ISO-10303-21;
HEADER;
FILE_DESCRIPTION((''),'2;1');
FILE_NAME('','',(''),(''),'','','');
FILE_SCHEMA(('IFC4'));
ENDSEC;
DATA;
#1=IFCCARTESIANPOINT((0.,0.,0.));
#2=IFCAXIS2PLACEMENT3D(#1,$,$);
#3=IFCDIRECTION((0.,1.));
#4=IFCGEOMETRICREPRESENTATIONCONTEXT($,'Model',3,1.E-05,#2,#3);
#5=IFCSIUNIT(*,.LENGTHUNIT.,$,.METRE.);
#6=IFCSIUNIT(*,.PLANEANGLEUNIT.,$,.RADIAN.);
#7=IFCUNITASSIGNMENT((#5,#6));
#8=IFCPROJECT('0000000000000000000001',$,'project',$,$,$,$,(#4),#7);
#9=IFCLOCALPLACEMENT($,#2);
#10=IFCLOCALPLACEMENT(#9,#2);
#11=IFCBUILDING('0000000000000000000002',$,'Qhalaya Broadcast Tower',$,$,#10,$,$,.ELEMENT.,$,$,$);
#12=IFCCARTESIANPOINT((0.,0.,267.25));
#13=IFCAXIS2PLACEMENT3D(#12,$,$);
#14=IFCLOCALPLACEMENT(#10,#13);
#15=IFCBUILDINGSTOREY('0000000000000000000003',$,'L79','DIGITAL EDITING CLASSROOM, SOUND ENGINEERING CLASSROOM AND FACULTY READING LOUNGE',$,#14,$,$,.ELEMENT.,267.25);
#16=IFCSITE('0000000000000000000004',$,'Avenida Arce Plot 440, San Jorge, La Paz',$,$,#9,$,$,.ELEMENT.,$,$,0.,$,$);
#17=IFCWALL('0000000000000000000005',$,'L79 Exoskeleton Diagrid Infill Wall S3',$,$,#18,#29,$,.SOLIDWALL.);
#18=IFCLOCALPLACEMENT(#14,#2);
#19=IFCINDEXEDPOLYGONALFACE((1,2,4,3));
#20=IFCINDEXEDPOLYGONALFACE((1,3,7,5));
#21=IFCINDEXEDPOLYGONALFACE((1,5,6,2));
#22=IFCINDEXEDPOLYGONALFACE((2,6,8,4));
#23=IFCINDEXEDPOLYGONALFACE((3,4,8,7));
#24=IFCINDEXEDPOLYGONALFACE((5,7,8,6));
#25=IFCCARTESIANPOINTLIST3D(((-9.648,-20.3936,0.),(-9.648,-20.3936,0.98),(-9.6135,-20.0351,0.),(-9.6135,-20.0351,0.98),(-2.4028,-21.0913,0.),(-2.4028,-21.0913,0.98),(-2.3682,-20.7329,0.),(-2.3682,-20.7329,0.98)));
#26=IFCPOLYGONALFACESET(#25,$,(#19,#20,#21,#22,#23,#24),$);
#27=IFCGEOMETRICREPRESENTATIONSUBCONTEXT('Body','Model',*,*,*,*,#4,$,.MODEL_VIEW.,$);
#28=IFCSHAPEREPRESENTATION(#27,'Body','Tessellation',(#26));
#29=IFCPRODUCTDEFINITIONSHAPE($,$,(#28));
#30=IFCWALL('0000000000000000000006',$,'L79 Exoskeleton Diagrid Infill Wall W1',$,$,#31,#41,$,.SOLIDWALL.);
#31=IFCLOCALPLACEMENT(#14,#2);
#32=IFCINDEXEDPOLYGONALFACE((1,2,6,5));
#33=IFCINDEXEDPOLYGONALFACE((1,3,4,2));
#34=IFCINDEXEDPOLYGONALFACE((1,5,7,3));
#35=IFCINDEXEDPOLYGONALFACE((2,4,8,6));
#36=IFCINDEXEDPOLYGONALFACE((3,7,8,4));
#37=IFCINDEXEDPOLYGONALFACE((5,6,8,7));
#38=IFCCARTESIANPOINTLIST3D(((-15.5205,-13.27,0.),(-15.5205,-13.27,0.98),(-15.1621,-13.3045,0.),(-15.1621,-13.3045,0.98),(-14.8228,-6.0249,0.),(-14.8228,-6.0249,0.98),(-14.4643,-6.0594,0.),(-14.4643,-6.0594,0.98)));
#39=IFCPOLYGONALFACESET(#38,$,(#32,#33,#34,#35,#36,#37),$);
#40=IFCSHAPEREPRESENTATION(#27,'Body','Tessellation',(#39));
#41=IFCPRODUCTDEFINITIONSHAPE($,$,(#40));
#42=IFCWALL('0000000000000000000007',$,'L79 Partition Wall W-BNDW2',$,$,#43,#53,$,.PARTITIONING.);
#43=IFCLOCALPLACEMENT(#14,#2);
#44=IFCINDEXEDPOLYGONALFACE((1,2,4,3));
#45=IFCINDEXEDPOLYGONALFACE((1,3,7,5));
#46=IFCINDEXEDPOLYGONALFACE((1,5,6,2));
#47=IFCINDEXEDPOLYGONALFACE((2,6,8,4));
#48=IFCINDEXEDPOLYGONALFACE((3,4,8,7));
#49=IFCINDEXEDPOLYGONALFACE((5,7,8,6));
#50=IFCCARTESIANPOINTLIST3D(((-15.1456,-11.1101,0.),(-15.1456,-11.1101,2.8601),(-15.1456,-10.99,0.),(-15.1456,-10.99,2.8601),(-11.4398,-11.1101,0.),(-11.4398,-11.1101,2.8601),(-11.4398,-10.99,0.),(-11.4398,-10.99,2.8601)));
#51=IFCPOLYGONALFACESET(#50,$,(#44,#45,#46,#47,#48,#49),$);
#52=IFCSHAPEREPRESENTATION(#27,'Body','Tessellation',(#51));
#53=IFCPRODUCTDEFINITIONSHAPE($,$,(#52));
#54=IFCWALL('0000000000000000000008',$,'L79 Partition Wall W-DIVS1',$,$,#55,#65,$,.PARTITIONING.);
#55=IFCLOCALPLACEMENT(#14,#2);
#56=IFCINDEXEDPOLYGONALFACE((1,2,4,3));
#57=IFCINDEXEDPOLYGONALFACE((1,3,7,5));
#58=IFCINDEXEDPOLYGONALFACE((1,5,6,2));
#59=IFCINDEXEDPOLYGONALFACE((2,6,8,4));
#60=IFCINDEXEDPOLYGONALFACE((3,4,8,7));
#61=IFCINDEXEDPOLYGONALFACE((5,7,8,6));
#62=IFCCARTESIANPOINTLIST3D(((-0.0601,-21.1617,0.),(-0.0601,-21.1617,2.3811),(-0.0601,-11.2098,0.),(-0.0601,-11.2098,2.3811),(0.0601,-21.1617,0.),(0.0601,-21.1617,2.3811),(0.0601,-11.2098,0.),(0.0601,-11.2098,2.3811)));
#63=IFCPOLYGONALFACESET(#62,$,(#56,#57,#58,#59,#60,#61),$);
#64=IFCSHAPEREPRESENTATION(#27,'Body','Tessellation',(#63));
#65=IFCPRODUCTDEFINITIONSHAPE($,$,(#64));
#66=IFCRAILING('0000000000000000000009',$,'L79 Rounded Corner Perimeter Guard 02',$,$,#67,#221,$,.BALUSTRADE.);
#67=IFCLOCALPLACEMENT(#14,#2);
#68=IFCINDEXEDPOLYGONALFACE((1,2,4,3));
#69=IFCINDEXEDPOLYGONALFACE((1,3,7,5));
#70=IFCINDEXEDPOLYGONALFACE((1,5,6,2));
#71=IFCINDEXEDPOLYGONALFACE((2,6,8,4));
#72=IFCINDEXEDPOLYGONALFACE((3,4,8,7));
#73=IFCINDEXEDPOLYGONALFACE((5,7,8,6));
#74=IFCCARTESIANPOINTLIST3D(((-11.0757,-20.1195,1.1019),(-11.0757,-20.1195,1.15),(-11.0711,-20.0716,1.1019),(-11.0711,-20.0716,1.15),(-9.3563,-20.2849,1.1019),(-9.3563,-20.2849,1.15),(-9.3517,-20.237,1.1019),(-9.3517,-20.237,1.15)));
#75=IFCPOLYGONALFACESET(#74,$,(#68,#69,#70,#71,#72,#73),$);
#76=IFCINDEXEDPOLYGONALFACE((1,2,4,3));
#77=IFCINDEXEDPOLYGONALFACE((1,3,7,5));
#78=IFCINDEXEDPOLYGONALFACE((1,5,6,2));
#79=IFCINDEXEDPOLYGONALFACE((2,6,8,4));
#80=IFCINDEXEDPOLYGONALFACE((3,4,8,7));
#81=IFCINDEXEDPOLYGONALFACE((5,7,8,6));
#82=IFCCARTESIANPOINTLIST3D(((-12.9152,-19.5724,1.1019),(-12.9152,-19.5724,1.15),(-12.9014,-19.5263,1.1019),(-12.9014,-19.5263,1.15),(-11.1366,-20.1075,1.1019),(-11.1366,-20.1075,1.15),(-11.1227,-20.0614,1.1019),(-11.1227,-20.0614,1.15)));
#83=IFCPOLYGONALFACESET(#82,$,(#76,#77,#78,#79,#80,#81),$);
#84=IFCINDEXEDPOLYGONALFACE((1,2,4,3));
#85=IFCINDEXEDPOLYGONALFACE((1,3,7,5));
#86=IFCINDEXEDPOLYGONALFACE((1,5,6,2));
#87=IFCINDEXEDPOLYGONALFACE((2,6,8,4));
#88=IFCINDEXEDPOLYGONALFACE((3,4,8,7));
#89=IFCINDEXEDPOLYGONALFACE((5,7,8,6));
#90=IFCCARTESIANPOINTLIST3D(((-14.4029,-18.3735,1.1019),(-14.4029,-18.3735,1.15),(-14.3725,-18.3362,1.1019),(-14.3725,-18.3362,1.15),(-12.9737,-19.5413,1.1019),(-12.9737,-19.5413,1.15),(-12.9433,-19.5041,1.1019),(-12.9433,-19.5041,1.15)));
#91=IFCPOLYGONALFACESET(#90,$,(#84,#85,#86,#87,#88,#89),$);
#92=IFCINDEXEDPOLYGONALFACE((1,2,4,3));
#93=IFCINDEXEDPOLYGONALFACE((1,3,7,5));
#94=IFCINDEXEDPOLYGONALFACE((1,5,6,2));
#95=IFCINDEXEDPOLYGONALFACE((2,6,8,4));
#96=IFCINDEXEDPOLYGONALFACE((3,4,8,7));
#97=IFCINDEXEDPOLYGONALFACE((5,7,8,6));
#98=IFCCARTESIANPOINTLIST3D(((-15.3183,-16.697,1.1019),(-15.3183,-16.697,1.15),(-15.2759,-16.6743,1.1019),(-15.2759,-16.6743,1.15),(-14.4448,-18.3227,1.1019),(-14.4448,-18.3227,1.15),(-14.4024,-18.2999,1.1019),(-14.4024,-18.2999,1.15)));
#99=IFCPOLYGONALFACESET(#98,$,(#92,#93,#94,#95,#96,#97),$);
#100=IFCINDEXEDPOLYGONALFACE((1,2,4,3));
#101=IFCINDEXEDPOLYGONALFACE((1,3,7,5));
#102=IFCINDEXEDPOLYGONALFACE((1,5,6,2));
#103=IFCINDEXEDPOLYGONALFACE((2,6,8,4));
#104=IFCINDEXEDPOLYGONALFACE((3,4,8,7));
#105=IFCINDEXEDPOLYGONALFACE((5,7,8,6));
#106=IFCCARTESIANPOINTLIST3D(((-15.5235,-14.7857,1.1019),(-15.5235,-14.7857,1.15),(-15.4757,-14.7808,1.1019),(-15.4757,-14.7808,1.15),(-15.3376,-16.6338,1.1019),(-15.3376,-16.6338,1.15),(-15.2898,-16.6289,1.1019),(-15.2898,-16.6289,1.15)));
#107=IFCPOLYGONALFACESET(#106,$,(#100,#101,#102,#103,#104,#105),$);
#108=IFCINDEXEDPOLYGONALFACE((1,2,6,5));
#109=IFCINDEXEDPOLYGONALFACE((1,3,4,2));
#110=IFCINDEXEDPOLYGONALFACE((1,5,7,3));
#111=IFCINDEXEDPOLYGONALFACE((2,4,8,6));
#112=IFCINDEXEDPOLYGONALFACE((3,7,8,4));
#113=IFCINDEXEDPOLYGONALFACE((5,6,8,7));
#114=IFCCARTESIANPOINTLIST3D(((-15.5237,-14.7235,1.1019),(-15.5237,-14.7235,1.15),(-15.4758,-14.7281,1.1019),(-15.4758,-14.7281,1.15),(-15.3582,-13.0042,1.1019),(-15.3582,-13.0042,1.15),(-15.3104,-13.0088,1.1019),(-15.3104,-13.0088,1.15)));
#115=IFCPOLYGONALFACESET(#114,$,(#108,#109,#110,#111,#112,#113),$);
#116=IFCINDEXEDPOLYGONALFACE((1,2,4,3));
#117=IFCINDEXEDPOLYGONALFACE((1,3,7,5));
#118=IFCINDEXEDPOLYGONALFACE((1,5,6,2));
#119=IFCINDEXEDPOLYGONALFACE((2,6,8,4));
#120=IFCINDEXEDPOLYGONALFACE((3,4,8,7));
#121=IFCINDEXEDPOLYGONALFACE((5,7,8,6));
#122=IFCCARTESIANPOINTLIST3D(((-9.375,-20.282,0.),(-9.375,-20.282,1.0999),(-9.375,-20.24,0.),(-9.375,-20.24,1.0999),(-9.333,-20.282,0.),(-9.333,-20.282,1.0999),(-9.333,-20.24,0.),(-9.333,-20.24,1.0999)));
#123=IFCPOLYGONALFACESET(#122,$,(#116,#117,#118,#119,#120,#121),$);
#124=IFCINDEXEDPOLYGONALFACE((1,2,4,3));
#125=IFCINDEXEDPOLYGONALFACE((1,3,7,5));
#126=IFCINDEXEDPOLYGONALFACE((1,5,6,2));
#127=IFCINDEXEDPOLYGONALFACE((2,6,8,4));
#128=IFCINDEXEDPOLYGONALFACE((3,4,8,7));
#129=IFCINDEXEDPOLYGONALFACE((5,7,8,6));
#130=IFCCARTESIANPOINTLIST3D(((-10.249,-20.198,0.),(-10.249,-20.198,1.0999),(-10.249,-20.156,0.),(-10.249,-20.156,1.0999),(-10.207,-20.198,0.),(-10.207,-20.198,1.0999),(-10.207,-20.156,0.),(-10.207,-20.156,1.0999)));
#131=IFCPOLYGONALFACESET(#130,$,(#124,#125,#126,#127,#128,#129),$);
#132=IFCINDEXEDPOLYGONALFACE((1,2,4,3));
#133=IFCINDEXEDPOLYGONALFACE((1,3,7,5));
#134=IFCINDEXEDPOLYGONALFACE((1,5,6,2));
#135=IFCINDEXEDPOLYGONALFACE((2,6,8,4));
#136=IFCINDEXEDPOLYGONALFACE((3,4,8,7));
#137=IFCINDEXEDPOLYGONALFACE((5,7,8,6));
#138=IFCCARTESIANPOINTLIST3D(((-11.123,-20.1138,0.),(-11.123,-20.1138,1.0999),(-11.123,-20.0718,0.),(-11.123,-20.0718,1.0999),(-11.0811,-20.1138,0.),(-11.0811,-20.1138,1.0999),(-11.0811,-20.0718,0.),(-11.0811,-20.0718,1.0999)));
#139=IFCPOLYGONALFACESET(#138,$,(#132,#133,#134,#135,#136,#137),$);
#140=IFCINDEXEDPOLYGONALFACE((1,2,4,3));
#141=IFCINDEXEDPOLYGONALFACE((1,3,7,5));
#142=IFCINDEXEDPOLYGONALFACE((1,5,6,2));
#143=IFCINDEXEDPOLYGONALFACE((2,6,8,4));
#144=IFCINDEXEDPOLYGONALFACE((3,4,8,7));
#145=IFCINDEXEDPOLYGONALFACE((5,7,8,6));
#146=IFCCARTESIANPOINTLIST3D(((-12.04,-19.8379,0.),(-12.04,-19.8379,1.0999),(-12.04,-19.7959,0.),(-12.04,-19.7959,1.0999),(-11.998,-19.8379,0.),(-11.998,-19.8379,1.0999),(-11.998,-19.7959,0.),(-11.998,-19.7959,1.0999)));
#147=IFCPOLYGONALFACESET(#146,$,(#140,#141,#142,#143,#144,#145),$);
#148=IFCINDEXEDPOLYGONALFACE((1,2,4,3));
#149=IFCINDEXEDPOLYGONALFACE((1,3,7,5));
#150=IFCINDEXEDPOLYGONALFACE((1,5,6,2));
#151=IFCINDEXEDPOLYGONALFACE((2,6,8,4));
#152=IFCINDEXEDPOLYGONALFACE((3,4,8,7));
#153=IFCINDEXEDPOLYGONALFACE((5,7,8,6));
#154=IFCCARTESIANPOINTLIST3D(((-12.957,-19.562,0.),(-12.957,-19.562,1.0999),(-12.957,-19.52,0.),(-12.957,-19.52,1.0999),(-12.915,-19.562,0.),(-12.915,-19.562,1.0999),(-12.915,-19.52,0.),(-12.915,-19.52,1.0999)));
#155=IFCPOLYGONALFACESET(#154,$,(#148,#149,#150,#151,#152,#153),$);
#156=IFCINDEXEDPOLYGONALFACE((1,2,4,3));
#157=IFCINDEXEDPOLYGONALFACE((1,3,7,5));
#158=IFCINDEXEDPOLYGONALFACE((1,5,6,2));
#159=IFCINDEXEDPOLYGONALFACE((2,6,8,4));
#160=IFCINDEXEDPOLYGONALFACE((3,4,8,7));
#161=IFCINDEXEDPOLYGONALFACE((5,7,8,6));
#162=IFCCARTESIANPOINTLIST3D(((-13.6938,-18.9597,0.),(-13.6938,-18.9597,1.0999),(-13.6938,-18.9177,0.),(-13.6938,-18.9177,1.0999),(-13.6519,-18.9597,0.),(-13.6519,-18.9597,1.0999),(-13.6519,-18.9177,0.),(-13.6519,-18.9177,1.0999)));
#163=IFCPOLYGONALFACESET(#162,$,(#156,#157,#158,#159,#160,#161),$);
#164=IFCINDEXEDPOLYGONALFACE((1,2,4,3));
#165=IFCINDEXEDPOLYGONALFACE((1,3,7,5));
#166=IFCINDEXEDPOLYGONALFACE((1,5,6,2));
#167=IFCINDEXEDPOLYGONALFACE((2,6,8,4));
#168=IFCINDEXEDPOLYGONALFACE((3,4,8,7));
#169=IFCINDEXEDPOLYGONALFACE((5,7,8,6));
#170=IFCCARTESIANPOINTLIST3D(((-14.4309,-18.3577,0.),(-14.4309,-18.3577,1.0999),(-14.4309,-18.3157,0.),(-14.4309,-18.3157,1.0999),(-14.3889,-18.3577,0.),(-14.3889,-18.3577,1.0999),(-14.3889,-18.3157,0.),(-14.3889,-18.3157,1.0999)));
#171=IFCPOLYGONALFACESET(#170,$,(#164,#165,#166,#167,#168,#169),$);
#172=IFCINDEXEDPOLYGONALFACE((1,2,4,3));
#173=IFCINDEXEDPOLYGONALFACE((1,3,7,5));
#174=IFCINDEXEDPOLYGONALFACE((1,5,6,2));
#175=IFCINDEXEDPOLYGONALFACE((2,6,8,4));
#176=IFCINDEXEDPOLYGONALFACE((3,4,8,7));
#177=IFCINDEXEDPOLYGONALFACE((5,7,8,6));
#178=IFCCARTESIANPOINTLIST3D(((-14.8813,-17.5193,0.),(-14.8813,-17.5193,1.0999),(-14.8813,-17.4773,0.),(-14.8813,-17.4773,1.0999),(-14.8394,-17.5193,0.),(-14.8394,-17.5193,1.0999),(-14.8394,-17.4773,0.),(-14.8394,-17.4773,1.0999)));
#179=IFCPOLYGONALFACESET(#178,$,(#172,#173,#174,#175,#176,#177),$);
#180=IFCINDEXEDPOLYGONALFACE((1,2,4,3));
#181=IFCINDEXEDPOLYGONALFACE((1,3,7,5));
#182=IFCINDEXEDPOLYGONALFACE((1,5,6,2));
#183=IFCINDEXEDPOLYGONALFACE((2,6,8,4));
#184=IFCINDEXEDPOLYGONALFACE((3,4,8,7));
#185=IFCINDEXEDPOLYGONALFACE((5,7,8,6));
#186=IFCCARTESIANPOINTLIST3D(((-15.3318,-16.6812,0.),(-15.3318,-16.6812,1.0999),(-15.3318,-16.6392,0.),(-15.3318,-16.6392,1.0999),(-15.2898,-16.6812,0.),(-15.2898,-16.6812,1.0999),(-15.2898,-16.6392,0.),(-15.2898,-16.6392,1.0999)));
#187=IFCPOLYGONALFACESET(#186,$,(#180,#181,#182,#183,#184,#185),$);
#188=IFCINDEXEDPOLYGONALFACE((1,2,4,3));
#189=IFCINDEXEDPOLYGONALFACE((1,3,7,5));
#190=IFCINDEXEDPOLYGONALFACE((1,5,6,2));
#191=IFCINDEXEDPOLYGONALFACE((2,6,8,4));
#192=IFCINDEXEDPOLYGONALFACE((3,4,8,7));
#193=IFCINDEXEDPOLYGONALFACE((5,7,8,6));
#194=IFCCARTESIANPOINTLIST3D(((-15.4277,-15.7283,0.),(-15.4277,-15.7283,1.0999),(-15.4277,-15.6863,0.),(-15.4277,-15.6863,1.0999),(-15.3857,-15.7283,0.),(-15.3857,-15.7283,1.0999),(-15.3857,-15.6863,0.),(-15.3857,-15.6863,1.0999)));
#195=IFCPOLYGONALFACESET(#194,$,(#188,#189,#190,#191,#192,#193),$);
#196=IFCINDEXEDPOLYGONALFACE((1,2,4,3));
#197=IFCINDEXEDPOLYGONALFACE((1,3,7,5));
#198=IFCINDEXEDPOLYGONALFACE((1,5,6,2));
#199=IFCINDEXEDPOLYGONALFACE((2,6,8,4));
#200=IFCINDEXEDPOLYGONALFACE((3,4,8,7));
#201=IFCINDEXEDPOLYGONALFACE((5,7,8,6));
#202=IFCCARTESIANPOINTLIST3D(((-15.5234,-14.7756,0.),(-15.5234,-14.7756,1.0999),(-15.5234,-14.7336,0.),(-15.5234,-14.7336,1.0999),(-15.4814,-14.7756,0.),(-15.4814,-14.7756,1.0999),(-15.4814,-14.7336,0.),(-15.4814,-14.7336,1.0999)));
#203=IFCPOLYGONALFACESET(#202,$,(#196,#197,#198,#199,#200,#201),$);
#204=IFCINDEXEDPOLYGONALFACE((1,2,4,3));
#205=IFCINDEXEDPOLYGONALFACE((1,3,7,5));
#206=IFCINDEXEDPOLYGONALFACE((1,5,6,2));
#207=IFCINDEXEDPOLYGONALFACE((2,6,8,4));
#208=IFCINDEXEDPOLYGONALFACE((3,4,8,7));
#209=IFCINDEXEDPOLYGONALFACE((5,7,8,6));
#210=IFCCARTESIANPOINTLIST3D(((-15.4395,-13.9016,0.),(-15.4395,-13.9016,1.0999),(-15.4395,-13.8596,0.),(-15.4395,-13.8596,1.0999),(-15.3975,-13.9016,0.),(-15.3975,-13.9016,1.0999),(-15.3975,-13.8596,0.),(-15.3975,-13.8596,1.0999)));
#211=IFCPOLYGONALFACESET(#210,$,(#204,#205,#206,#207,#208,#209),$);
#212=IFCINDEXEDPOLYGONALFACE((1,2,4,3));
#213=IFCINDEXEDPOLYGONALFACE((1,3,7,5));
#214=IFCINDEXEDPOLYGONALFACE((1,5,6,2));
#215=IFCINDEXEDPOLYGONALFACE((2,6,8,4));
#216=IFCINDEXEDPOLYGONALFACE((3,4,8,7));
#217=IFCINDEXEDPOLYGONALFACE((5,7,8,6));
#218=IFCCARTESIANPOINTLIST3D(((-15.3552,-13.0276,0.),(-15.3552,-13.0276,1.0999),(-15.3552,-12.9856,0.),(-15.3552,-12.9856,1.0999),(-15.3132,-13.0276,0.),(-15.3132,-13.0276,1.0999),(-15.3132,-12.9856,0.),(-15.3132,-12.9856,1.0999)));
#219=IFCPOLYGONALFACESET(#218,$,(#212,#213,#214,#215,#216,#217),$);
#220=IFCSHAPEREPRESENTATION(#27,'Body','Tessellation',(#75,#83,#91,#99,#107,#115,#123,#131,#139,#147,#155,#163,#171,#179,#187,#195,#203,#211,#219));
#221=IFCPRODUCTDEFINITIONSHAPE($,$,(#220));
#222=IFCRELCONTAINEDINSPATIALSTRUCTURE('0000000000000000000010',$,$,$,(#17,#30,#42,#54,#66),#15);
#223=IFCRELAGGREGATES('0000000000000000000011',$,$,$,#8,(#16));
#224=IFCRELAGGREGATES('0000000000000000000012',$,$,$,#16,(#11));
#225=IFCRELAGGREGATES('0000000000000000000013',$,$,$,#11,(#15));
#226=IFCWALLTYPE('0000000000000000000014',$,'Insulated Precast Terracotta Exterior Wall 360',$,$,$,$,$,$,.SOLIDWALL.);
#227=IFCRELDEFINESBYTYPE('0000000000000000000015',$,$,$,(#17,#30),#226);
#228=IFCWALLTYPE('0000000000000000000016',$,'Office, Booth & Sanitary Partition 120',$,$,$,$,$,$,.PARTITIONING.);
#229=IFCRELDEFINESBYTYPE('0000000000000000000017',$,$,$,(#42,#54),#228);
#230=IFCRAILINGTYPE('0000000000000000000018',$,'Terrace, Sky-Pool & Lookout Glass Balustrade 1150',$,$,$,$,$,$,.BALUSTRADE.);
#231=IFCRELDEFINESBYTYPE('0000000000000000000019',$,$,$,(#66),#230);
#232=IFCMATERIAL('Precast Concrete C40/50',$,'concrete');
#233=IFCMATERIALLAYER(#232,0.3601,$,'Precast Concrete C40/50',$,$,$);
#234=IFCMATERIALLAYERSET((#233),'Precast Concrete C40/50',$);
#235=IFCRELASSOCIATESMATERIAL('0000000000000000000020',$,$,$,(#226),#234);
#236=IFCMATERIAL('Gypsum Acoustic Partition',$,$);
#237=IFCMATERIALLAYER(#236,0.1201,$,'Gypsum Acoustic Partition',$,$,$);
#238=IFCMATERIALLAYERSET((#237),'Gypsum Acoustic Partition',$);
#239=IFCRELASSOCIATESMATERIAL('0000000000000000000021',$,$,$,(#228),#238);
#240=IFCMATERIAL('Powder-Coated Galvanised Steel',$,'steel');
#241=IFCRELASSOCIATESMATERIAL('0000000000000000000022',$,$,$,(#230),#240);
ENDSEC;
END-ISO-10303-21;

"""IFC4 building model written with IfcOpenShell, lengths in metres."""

from ifc_helpers import new_model, si_unit, direction, frame, frame_2d, origin, origin_2d, place, context, subcontext, project, spatial, rectangle, extrude, material, layer, layer_set, type_object, element, save


model = new_model("IFC4")

# Units and contexts
model_context = context("Model", 3, precision=1e-05, world=origin(), true_north=direction((0.0, 1.0)))
body_context = subcontext(model_context, "Body", "Model", "MODEL_VIEW")
ifc_project = project(units=[si_unit("LENGTHUNIT", "METRE"), si_unit("PLANEANGLEUNIT", "RADIAN")], contexts=[model_context])

# Site, building, storey
site_placement = place(None, origin())
site = spatial("IfcSite", under=ifc_project, at=site_placement, Name="Avenida Arce Plot 440, San Jorge, La Paz", CompositionType="ELEMENT", RefElevation=0.0)
building_placement = place(site_placement, origin())
building = spatial("IfcBuilding", under=site, at=building_placement, Name="Qhalaya Broadcast Tower", CompositionType="ELEMENT")
storey_placement = place(building_placement, frame((0.0, 0.0, 267.25)))
storey = spatial("IfcBuildingStorey", under=building, at=storey_placement, Name="L79", Description="DIGITAL EDITING CLASSROOM, SOUND ENGINEERING CLASSROOM AND FACULTY READING LOUNGE", CompositionType="ELEMENT", Elevation=267.25)

# Shared definitions
ifc_material_1 = material(Name="Gypsum Acoustic Partition")

# Walls
ifc_material_2 = material(Name="Precast Concrete C40/50", Category="concrete")
ifc_layer_1 = layer(ifc_material_2, 0.3601, Name="Precast Concrete C40/50")
ifc_layer_set_1 = layer_set([ifc_layer_1], Name="Precast Concrete C40/50")
wall_type_1 = type_object("IfcWallType", Name="Insulated Precast Terracotta Exterior Wall 360", PredefinedType="SOLIDWALL", material=ifc_layer_set_1)
wall_1_placement = place(storey_placement, frame((-2.3855, -20.9121, 0.0), z_axis=(0.0, 0.0, 1.0), x_axis=(-0.995395, 0.09586, 0.0)))
element("IfcWall", 1, at=wall_1_placement, inside=storey, type_object=wall_type_1, Name="L79 Exoskeleton Diagrid Infill Wall S3", PredefinedType="SOLIDWALL", context=body_context, shape_type="SweptSolid", body=[
    extrude(rectangle(XDim=7.2788, YDim=0.3601, at=frame_2d((3.6394, 0.0))), origin(), (0.0, 0.0, 1.0), 0.98),
])
wall_2_placement = place(storey_placement, frame((-15.3413, -13.2871, 0.0), z_axis=(0.0, 0.0, 1.0), x_axis=(0.095863, 0.995395, 0.0)))
element("IfcWall", 2, at=wall_2_placement, inside=storey, type_object=wall_type_1, Name="L79 Exoskeleton Diagrid Infill Wall W1", PredefinedType="SOLIDWALL", context=body_context, shape_type="SweptSolid", body=[
    extrude(rectangle(XDim=7.2786, YDim=0.3601, at=frame_2d((3.6392, 0.0))), origin(), (0.0, 0.0, 1.0), 0.98),
])
ifc_layer_2 = layer(ifc_material_1, 0.1201, Name="Gypsum Acoustic Partition")
ifc_layer_set_2 = layer_set([ifc_layer_2], Name="Gypsum Acoustic Partition")
wall_type_2 = type_object("IfcWallType", Name="Office, Booth & Sanitary Partition 120", PredefinedType="PARTITIONING", material=ifc_layer_set_2)
wall_3_placement = place(storey_placement, frame((-15.1458, -11.05, 0.0), z_axis=(0.0, 0.0, 1.0), x_axis=(1.0, 0.0, 0.0)))
element("IfcWall", 3, at=wall_3_placement, inside=storey, type_object=wall_type_2, Name="L79 Partition Wall W-BNDW2", PredefinedType="PARTITIONING", context=body_context, shape_type="SweptSolid", body=[
    extrude(rectangle(XDim=3.7058, YDim=0.1201, at=frame_2d((1.853, 0.0))), origin(), (0.0, 0.0, 1.0), 2.8601),
])
wall_4_placement = place(storey_placement, frame((0.0, -21.1619, 0.0), z_axis=(0.0, 0.0, 1.0), x_axis=(0.0, 1.0, 0.0)))
element("IfcWall", 4, at=wall_4_placement, inside=storey, type_object=wall_type_2, Name="L79 Partition Wall W-DIVS1", PredefinedType="PARTITIONING", context=body_context, shape_type="SweptSolid", body=[
    extrude(rectangle(XDim=9.9519, YDim=0.1201, at=frame_2d((4.9761, 0.0))), origin(), (0.0, 0.0, 1.0), 2.3811),
])

# Railing
ifc_material_3 = material(Name="Powder-Coated Galvanised Steel", Category="steel")
railing_type = type_object("IfcRailingType", Name="Terrace, Sky-Pool & Lookout Glass Balustrade 1150", PredefinedType="BALUSTRADE", material=ifc_material_3)
railing_placement = place(storey_placement, frame((-9.354, -20.261, 0.0)))
element("IfcRailing", 5, at=railing_placement, inside=storey, type_object=railing_type, Name="L79 Rounded Corner Perimeter Guard 02", PredefinedType="BALUSTRADE", context=body_context, shape_type="SweptSolid", body=[
    extrude(rectangle(XDim=0.0481, YDim=0.0481, at=origin_2d()), frame((0.0, 0.0, 1.126), z_axis=(-0.995402, 0.095787, 0.0), x_axis=(-0.095787, -0.995402, 0.0)), (0.0, 0.0, 1.0), 1.7273),
    extrude(rectangle(XDim=0.0481, YDim=0.0481, at=origin_2d()), frame((-1.7756, 0.1765, 1.126), z_axis=(-0.957601, 0.288096, 0.0), x_axis=(-0.288096, -0.957601, 0.0)), (0.0, 0.0, 1.0), 1.8574),
    extrude(rectangle(XDim=0.0481, YDim=0.0481, at=origin_2d()), frame((-3.6045, 0.7383, 1.126), z_axis=(-0.774357, 0.632749, 0.0), x_axis=(-0.632749, -0.774357, 0.0)), (0.0, 0.0, 1.0), 1.8457),
    extrude(rectangle(XDim=0.0481, YDim=0.0481, at=origin_2d()), frame((-5.0696, 1.9497, 1.126), z_axis=(-0.473342, 0.880879, 0.0), x_axis=(-0.880879, -0.473342, 0.0)), (0.0, 0.0, 1.0), 1.8455),
    extrude(rectangle(XDim=0.0481, YDim=0.0481, at=origin_2d()), frame((-5.9597, 3.6296, 1.126), z_axis=(-0.100072, 0.99498, 0.0), x_axis=(-0.99498, -0.100072, 0.0)), (0.0, 0.0, 1.0), 1.8574),
    extrude(rectangle(XDim=0.0481, YDim=0.0481, at=origin_2d()), frame((-6.1458, 5.5352, 1.126), z_axis=(0.095787, 0.995402, 0.0), x_axis=(-0.995402, 0.095787, 0.0)), (0.0, 0.0, 1.0), 1.7273),
    extrude(rectangle(XDim=0.042, YDim=0.042, at=origin_2d()), origin(), (0.0, 0.0, 1.0), 1.0999),
    extrude(rectangle(XDim=0.042, YDim=0.042, at=origin_2d()), frame((-0.874, 0.084, 0.0)), (0.0, 0.0, 1.0), 1.0999),
    extrude(rectangle(XDim=0.042, YDim=0.042, at=origin_2d()), frame((-1.748, 0.1682, 0.0)), (0.0, 0.0, 1.0), 1.0999),
    extrude(rectangle(XDim=0.042, YDim=0.042, at=origin_2d()), frame((-2.665, 0.4441, 0.0)), (0.0, 0.0, 1.0), 1.0999),
    extrude(rectangle(XDim=0.042, YDim=0.042, at=origin_2d()), frame((-3.582, 0.72, 0.0)), (0.0, 0.0, 1.0), 1.0999),
    extrude(rectangle(XDim=0.042, YDim=0.042, at=origin_2d()), frame((-4.3188, 1.3223, 0.0)), (0.0, 0.0, 1.0), 1.0999),
    extrude(rectangle(XDim=0.042, YDim=0.042, at=origin_2d()), frame((-5.0559, 1.9243, 0.0)), (0.0, 0.0, 1.0), 1.0999),
    extrude(rectangle(XDim=0.042, YDim=0.042, at=origin_2d()), frame((-5.5063, 2.7627, 0.0)), (0.0, 0.0, 1.0), 1.0999),
    extrude(rectangle(XDim=0.042, YDim=0.042, at=origin_2d()), frame((-5.9568, 3.6008, 0.0)), (0.0, 0.0, 1.0), 1.0999),
    extrude(rectangle(XDim=0.042, YDim=0.042, at=origin_2d()), frame((-6.0527, 4.5537, 0.0)), (0.0, 0.0, 1.0), 1.0999),
    extrude(rectangle(XDim=0.042, YDim=0.042, at=origin_2d()), frame((-6.1484, 5.5063, 0.0)), (0.0, 0.0, 1.0), 1.0999),
    extrude(rectangle(XDim=0.042, YDim=0.042, at=origin_2d()), frame((-6.0645, 6.3804, 0.0)), (0.0, 0.0, 1.0), 1.0999),
    extrude(rectangle(XDim=0.042, YDim=0.042, at=origin_2d()), frame((-5.9802, 7.2544, 0.0)), (0.0, 0.0, 1.0), 1.0999),
])

save(model, "model.ifc")
